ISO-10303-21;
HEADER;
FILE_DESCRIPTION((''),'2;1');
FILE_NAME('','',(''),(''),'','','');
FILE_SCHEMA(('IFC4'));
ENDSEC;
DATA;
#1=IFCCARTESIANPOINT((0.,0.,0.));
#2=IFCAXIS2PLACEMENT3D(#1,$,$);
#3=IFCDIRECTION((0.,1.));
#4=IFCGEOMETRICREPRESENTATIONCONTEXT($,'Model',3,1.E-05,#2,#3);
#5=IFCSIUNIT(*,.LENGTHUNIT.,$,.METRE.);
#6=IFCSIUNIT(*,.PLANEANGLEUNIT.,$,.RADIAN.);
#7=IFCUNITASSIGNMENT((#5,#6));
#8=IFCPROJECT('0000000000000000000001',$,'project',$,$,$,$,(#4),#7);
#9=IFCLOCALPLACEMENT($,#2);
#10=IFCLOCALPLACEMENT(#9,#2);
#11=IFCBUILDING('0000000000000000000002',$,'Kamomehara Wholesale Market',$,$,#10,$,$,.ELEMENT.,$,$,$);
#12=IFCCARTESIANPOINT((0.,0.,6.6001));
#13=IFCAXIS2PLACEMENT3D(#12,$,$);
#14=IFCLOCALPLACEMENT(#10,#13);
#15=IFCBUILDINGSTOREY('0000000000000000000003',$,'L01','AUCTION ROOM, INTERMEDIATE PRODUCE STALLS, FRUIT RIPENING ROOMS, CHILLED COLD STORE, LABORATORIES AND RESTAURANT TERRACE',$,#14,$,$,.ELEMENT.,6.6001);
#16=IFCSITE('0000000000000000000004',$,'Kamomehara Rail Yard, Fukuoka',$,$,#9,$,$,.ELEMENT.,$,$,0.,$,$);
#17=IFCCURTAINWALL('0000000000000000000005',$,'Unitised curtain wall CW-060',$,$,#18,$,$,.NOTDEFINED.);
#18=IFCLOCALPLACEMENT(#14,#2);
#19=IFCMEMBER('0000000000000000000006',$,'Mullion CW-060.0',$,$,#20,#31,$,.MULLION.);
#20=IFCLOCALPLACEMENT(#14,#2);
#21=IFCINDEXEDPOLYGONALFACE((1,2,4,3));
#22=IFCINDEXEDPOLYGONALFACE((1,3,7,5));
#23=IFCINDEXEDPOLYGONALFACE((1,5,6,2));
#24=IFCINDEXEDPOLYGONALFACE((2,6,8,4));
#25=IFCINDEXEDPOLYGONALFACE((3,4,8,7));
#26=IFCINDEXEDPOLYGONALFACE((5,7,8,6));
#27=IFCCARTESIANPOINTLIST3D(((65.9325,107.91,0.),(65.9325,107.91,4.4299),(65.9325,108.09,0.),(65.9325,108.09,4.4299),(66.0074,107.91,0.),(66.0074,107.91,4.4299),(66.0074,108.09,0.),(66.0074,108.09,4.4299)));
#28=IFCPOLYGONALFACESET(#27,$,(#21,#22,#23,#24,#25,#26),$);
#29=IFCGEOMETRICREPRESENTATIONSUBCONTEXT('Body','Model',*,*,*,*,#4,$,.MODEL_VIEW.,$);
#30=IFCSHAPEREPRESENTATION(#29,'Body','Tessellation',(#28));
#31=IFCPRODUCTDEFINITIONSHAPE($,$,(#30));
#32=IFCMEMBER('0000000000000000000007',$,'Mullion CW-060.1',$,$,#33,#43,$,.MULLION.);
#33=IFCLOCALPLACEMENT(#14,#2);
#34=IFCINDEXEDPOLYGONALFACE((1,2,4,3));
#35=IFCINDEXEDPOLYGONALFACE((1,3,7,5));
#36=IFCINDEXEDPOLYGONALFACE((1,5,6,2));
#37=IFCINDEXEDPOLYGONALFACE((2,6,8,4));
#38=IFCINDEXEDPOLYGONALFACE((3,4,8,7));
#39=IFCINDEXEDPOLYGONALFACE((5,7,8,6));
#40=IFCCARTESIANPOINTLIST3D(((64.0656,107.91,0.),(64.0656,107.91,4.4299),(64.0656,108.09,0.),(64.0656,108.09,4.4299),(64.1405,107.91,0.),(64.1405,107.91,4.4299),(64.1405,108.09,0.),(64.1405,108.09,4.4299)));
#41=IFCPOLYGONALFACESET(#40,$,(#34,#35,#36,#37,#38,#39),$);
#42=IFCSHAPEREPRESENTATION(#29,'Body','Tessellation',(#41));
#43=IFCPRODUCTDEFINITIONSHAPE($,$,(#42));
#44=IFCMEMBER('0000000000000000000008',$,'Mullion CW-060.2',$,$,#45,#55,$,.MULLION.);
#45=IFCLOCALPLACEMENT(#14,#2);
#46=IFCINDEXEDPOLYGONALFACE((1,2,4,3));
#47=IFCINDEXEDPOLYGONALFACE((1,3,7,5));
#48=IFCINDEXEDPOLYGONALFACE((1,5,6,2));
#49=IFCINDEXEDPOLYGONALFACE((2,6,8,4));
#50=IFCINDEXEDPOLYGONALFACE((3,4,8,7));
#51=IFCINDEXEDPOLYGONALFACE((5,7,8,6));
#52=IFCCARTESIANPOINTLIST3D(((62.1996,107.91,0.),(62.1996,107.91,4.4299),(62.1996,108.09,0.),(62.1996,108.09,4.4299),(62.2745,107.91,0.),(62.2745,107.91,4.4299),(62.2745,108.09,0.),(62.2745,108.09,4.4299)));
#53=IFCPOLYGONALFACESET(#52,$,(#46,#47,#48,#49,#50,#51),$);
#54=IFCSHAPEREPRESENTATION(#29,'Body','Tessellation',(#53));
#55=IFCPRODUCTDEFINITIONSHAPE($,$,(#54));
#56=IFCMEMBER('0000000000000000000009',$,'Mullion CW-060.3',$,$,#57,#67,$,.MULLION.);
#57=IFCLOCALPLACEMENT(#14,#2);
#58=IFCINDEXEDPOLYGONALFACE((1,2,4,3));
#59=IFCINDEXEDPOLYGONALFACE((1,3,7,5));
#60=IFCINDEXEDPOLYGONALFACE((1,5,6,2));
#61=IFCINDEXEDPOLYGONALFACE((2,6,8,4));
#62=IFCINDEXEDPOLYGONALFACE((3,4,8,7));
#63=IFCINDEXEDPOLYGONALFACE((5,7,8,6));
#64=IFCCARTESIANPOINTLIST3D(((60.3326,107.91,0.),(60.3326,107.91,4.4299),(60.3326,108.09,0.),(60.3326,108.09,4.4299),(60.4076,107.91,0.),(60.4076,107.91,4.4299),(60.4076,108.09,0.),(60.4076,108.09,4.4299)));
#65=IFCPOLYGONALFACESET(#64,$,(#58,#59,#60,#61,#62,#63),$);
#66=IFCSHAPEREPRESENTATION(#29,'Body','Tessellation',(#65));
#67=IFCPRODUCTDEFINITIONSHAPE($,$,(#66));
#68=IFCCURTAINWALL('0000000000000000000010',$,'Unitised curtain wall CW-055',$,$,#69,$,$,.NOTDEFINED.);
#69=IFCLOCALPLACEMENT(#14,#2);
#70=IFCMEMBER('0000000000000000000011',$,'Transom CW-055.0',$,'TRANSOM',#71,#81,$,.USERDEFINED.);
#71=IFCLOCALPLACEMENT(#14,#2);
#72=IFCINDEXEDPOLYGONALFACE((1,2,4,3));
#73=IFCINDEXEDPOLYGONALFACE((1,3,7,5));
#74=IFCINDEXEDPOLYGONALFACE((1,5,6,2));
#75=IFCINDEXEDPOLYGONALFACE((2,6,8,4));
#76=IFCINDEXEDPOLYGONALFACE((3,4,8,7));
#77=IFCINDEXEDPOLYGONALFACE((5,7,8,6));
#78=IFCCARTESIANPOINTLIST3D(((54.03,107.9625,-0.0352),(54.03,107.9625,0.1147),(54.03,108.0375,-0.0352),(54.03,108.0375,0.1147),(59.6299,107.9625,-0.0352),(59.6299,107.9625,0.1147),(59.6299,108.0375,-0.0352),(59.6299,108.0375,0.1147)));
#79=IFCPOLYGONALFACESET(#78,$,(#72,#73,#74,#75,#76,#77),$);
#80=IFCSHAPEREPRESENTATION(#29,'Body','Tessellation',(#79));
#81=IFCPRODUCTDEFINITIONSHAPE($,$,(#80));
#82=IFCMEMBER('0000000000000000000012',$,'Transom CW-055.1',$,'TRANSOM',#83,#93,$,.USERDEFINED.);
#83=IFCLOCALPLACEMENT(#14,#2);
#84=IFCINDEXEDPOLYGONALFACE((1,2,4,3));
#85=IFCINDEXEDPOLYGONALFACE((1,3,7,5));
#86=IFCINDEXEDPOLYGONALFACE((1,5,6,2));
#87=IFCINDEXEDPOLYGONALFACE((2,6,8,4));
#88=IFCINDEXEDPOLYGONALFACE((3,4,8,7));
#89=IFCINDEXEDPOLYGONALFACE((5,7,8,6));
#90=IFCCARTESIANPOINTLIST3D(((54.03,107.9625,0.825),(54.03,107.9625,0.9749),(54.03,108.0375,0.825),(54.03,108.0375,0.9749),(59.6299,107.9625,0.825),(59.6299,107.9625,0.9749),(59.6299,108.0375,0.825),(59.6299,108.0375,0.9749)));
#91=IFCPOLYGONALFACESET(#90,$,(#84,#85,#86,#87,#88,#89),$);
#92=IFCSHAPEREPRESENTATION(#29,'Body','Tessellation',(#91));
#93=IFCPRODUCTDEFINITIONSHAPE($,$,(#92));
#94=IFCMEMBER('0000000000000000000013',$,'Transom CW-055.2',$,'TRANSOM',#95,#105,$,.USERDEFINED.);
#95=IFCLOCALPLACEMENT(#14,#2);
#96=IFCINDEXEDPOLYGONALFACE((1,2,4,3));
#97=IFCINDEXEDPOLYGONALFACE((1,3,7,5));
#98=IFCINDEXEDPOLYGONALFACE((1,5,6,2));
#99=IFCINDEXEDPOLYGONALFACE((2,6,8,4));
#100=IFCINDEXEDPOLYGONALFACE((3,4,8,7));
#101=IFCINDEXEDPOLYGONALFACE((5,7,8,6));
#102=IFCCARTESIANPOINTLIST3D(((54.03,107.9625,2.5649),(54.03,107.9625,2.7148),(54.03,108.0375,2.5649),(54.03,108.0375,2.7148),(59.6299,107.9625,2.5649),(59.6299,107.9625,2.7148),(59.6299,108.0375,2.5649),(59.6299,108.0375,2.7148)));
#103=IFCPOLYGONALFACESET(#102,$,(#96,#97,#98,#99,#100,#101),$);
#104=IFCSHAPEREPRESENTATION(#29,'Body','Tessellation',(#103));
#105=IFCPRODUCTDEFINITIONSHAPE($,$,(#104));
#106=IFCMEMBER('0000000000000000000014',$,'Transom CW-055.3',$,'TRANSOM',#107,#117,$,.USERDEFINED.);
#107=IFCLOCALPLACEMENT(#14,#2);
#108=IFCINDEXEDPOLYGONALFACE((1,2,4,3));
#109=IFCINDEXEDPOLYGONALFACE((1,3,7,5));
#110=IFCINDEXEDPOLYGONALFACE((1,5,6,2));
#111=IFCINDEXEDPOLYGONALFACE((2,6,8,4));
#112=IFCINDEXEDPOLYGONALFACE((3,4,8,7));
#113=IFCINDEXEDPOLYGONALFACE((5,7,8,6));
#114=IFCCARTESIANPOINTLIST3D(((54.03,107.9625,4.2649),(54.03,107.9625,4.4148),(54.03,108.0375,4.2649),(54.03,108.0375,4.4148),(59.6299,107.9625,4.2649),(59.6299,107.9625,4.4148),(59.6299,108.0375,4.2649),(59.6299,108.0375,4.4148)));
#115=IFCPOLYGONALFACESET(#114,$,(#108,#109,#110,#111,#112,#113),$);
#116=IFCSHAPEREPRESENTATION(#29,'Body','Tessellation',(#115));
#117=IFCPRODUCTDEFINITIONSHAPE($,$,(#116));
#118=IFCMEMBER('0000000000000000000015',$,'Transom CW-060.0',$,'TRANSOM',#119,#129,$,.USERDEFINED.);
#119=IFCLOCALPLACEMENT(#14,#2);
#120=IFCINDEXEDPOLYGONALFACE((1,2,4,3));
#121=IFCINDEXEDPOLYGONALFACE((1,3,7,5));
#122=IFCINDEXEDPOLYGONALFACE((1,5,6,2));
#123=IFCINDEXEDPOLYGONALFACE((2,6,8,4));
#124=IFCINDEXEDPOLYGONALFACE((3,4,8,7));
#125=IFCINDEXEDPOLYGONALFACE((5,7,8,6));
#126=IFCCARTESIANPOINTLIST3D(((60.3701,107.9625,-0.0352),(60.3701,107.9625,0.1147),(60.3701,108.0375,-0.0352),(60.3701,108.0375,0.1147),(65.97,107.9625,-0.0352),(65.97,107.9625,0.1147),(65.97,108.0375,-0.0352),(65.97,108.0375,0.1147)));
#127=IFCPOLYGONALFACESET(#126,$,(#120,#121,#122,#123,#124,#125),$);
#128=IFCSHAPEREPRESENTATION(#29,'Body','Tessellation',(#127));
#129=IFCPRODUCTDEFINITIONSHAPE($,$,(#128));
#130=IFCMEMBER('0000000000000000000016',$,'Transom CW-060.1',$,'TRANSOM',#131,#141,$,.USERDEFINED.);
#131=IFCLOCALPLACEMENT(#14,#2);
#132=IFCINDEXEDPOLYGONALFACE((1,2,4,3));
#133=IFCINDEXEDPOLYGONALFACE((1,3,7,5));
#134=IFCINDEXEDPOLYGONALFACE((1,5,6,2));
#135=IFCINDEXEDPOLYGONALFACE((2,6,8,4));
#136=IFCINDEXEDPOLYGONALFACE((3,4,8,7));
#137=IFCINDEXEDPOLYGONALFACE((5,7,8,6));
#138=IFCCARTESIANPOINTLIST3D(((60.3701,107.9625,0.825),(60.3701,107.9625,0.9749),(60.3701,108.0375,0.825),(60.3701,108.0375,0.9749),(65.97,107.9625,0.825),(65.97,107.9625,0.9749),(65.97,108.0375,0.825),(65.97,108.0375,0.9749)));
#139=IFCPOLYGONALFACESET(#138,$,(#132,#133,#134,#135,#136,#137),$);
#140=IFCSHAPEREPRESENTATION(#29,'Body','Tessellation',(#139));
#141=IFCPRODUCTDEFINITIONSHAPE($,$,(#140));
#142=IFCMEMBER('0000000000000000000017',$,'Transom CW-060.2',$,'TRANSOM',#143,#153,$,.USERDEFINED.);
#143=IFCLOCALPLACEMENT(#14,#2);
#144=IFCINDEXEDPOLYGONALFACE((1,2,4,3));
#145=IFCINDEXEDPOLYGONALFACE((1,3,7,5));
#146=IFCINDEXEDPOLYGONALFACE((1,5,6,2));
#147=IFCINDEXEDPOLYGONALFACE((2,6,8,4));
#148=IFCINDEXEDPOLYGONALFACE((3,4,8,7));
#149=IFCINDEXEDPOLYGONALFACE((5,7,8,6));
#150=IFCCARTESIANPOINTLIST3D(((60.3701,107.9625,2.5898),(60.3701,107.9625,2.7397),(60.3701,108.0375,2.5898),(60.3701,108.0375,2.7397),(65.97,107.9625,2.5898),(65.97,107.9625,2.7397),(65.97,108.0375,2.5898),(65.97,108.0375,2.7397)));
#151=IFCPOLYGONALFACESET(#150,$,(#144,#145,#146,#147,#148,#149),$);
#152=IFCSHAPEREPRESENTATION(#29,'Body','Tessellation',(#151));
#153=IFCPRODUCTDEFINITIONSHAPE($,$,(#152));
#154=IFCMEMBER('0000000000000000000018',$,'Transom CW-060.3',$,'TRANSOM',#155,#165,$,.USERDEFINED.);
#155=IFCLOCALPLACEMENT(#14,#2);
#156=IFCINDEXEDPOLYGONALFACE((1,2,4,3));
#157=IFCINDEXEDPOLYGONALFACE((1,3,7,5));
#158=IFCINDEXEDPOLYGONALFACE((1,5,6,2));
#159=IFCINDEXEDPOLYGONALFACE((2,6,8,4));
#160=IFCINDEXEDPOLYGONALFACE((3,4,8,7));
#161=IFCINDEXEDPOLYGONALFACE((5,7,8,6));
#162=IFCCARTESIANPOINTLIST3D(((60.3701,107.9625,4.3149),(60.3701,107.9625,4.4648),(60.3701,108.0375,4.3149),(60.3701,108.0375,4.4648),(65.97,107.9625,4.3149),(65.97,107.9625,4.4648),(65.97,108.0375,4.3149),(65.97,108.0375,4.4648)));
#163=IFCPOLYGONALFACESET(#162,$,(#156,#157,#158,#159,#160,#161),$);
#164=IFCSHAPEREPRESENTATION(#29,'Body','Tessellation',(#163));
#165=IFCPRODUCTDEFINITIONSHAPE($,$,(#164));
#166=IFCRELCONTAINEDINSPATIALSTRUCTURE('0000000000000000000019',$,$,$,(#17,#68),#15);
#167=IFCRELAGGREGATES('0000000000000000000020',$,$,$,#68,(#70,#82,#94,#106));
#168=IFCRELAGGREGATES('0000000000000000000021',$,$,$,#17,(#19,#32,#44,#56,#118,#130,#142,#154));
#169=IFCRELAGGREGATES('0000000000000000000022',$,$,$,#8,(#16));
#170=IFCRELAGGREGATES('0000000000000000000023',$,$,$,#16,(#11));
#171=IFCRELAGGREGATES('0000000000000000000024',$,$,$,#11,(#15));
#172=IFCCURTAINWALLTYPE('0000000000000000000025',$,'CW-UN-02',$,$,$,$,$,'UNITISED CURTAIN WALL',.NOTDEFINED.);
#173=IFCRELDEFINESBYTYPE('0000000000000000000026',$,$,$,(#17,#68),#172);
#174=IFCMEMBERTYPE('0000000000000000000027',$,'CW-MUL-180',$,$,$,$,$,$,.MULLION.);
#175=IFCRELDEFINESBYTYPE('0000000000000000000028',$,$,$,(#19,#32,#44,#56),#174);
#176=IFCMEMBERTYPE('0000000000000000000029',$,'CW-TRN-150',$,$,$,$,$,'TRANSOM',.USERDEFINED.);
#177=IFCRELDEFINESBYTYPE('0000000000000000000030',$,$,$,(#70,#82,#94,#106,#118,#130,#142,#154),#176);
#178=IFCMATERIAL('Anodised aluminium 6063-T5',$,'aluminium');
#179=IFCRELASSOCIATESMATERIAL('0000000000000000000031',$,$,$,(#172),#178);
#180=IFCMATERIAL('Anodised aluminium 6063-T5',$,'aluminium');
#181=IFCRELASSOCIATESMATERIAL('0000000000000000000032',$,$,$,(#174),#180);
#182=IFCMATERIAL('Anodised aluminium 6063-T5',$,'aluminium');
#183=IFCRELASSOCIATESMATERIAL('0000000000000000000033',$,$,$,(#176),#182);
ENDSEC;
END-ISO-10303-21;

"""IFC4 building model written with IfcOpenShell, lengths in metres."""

from ifc_helpers import new_model, si_unit, direction, frame, origin, origin_2d, place, context, subcontext, project, spatial, rectangle, extrude, material, material_profile, profile_set, type_object, element, aggregate, save


model = new_model("IFC4")

# Units and contexts
model_context = context("Model", 3, precision=1e-05, world=origin(), true_north=direction((0.0, 1.0)))
body_context = subcontext(model_context, "Body", "Model", "MODEL_VIEW")
ifc_project = project(units=[si_unit("LENGTHUNIT", "METRE"), si_unit("PLANEANGLEUNIT", "RADIAN")], contexts=[model_context])

# Site, building, storey
site_placement = place(None, origin())
site = spatial("IfcSite", under=ifc_project, at=site_placement, Name="Kamomehara Rail Yard, Fukuoka", CompositionType="ELEMENT", RefElevation=0.0)
building_placement = place(site_placement, origin())
building = spatial("IfcBuilding", under=site, at=building_placement, Name="Kamomehara Wholesale Market", CompositionType="ELEMENT")
storey_placement = place(building_placement, frame((0.0, 0.0, 6.6001)))
storey = spatial("IfcBuildingStorey", under=building, at=storey_placement, Name="L01", Description="AUCTION ROOM, INTERMEDIATE PRODUCE STALLS, FRUIT RIPENING ROOMS, CHILLED COLD STORE, LABORATORIES AND RESTAURANT TERRACE", CompositionType="ELEMENT", Elevation=6.6001)

# Shared definitions
ifc_material_1 = material(Name="Anodised aluminium 6063-T5", Category="aluminium")
curtain_wall_type = type_object("IfcCurtainWallType", Name="CW-UN-02", ElementType="UNITISED CURTAIN WALL", PredefinedType="NOTDEFINED", material=ifc_material_1)
ifc_material_2 = material(Name="Anodised aluminium 6063-T5", Category="aluminium")
ifc_material_profile_1 = material_profile(ifc_material_2, rectangle(XDim=0.075, YDim=0.1799, at=origin_2d()), Name="ALU-MUL-75x180")
ifc_profile_set_1 = profile_set([ifc_material_profile_1], Name="Anodised aluminium 6063-T5")
member_type_1 = type_object("IfcMemberType", Name="CW-MUL-180", PredefinedType="MULLION", material=ifc_profile_set_1)

# Curtain walls, members
curtain_wall_1_placement = place(storey_placement, origin())
curtain_wall_1 = element("IfcCurtainWall", 1, at=curtain_wall_1_placement, inside=storey, type_object=curtain_wall_type, Name="Unitised curtain wall CW-060", PredefinedType="NOTDEFINED")
member_1_placement = place(storey_placement, frame((65.97, 108.0, 0.0), z_axis=(0.0, 0.0, 1.0), x_axis=(-1.0, 0.0, 0.0)))
member_1 = element("IfcMember", 2, at=member_1_placement, type_object=member_type_1, Name="Mullion CW-060.0", PredefinedType="MULLION", context=body_context, shape_type="SweptSolid", body=[
    extrude(rectangle(XDim=0.075, YDim=0.1799, at=origin_2d()), origin(), (0.0, 0.0, 1.0), 4.4299),
])
member_2_placement = place(storey_placement, frame((64.103, 108.0, 0.0), z_axis=(0.0, 0.0, 1.0), x_axis=(-1.0, 0.0, 0.0)))
member_2 = element("IfcMember", 3, at=member_2_placement, type_object=member_type_1, Name="Mullion CW-060.1", PredefinedType="MULLION", context=body_context, shape_type="SweptSolid", body=[
    extrude(rectangle(XDim=0.075, YDim=0.1799, at=origin_2d()), origin(), (0.0, 0.0, 1.0), 4.4299),
])
member_3_placement = place(storey_placement, frame((62.2371, 108.0, 0.0), z_axis=(0.0, 0.0, 1.0), x_axis=(-1.0, 0.0, 0.0)))
member_3 = element("IfcMember", 4, at=member_3_placement, type_object=member_type_1, Name="Mullion CW-060.2", PredefinedType="MULLION", context=body_context, shape_type="SweptSolid", body=[
    extrude(rectangle(XDim=0.075, YDim=0.1799, at=origin_2d()), origin(), (0.0, 0.0, 1.0), 4.4299),
])
member_4_placement = place(storey_placement, frame((60.3701, 108.0, 0.0), z_axis=(0.0, 0.0, 1.0), x_axis=(-1.0, 0.0, 0.0)))
member_4 = element("IfcMember", 5, at=member_4_placement, type_object=member_type_1, Name="Mullion CW-060.3", PredefinedType="MULLION", context=body_context, shape_type="SweptSolid", body=[
    extrude(rectangle(XDim=0.075, YDim=0.1799, at=origin_2d()), origin(), (0.0, 0.0, 1.0), 4.4299),
])
curtain_wall_2_placement = place(storey_placement, origin())
curtain_wall_2 = element("IfcCurtainWall", 6, at=curtain_wall_2_placement, inside=storey, type_object=curtain_wall_type, Name="Unitised curtain wall CW-055", PredefinedType="NOTDEFINED")
ifc_material_3 = material(Name="Anodised aluminium 6063-T5", Category="aluminium")
ifc_material_profile_2 = material_profile(ifc_material_3, rectangle(XDim=0.075, YDim=0.1499, at=origin_2d()), Name="ALU-TRN-75x150")
ifc_profile_set_2 = profile_set([ifc_material_profile_2], Name="Anodised aluminium 6063-T5")
member_type_2 = type_object("IfcMemberType", Name="CW-TRN-150", ElementType="TRANSOM", PredefinedType="USERDEFINED", material=ifc_profile_set_2)
member_5_placement = place(storey_placement, frame((59.6299, 108.0, 0.0398), z_axis=(-1.0, 0.0, 0.0), x_axis=(0.0, -1.0, 0.0)))
member_5 = element("IfcMember", 7, at=member_5_placement, type_object=member_type_2, Name="Transom CW-055.0", ObjectType="TRANSOM", PredefinedType="USERDEFINED", context=body_context, shape_type="SweptSolid", body=[
    extrude(rectangle(XDim=0.075, YDim=0.1499, at=origin_2d()), origin(), (0.0, 0.0, 1.0), 5.5999),
])
member_6_placement = place(storey_placement, frame((59.6299, 108.0, 0.8999), z_axis=(-1.0, 0.0, 0.0), x_axis=(0.0, -1.0, 0.0)))
member_6 = element("IfcMember", 8, at=member_6_placement, type_object=member_type_2, Name="Transom CW-055.1", ObjectType="TRANSOM", PredefinedType="USERDEFINED", context=body_context, shape_type="SweptSolid", body=[
    extrude(rectangle(XDim=0.075, YDim=0.1499, at=origin_2d()), origin(), (0.0, 0.0, 1.0), 5.5999),
])
member_7_placement = place(storey_placement, frame((59.6299, 108.0, 2.6399), z_axis=(-1.0, 0.0, 0.0), x_axis=(0.0, -1.0, 0.0)))
member_7 = element("IfcMember", 9, at=member_7_placement, type_object=member_type_2, Name="Transom CW-055.2", ObjectType="TRANSOM", PredefinedType="USERDEFINED", context=body_context, shape_type="SweptSolid", body=[
    extrude(rectangle(XDim=0.075, YDim=0.1499, at=origin_2d()), origin(), (0.0, 0.0, 1.0), 5.5999),
])
member_8_placement = place(storey_placement, frame((59.6299, 108.0, 4.3398), z_axis=(-1.0, 0.0, 0.0), x_axis=(0.0, -1.0, 0.0)))
member_8 = element("IfcMember", 10, at=member_8_placement, type_object=member_type_2, Name="Transom CW-055.3", ObjectType="TRANSOM", PredefinedType="USERDEFINED", context=body_context, shape_type="SweptSolid", body=[
    extrude(rectangle(XDim=0.075, YDim=0.1499, at=origin_2d()), origin(), (0.0, 0.0, 1.0), 5.5999),
])
aggregate(curtain_wall_2, [member_5, member_6, member_7, member_8])

# Members
member_9_placement = place(storey_placement, frame((65.97, 108.0, 0.0398), z_axis=(-1.0, 0.0, 0.0), x_axis=(0.0, -1.0, 0.0)))
member_9 = element("IfcMember", 11, at=member_9_placement, type_object=member_type_2, Name="Transom CW-060.0", ObjectType="TRANSOM", PredefinedType="USERDEFINED", context=body_context, shape_type="SweptSolid", body=[
    extrude(rectangle(XDim=0.075, YDim=0.1499, at=origin_2d()), origin(), (0.0, 0.0, 1.0), 5.5999),
])
member_10_placement = place(storey_placement, frame((65.97, 108.0, 0.8999), z_axis=(-1.0, 0.0, 0.0), x_axis=(0.0, -1.0, 0.0)))
member_10 = element("IfcMember", 12, at=member_10_placement, type_object=member_type_2, Name="Transom CW-060.1", ObjectType="TRANSOM", PredefinedType="USERDEFINED", context=body_context, shape_type="SweptSolid", body=[
    extrude(rectangle(XDim=0.075, YDim=0.1499, at=origin_2d()), origin(), (0.0, 0.0, 1.0), 5.5999),
])
member_11_placement = place(storey_placement, frame((65.97, 108.0, 2.6648), z_axis=(-1.0, 0.0, 0.0), x_axis=(0.0, -1.0, 0.0)))
member_11 = element("IfcMember", 13, at=member_11_placement, type_object=member_type_2, Name="Transom CW-060.2", ObjectType="TRANSOM", PredefinedType="USERDEFINED", context=body_context, shape_type="SweptSolid", body=[
    extrude(rectangle(XDim=0.075, YDim=0.1499, at=origin_2d()), origin(), (0.0, 0.0, 1.0), 5.5999),
])
member_12_placement = place(storey_placement, frame((65.97, 108.0, 4.3899), z_axis=(-1.0, 0.0, 0.0), x_axis=(0.0, -1.0, 0.0)))
member_12 = element("IfcMember", 14, at=member_12_placement, type_object=member_type_2, Name="Transom CW-060.3", ObjectType="TRANSOM", PredefinedType="USERDEFINED", context=body_context, shape_type="SweptSolid", body=[
    extrude(rectangle(XDim=0.075, YDim=0.1499, at=origin_2d()), origin(), (0.0, 0.0, 1.0), 5.5999),
])
aggregate(curtain_wall_1, [member_1, member_2, member_3, member_4, member_9, member_10, member_11, member_12])

save(model, "model.ifc")
